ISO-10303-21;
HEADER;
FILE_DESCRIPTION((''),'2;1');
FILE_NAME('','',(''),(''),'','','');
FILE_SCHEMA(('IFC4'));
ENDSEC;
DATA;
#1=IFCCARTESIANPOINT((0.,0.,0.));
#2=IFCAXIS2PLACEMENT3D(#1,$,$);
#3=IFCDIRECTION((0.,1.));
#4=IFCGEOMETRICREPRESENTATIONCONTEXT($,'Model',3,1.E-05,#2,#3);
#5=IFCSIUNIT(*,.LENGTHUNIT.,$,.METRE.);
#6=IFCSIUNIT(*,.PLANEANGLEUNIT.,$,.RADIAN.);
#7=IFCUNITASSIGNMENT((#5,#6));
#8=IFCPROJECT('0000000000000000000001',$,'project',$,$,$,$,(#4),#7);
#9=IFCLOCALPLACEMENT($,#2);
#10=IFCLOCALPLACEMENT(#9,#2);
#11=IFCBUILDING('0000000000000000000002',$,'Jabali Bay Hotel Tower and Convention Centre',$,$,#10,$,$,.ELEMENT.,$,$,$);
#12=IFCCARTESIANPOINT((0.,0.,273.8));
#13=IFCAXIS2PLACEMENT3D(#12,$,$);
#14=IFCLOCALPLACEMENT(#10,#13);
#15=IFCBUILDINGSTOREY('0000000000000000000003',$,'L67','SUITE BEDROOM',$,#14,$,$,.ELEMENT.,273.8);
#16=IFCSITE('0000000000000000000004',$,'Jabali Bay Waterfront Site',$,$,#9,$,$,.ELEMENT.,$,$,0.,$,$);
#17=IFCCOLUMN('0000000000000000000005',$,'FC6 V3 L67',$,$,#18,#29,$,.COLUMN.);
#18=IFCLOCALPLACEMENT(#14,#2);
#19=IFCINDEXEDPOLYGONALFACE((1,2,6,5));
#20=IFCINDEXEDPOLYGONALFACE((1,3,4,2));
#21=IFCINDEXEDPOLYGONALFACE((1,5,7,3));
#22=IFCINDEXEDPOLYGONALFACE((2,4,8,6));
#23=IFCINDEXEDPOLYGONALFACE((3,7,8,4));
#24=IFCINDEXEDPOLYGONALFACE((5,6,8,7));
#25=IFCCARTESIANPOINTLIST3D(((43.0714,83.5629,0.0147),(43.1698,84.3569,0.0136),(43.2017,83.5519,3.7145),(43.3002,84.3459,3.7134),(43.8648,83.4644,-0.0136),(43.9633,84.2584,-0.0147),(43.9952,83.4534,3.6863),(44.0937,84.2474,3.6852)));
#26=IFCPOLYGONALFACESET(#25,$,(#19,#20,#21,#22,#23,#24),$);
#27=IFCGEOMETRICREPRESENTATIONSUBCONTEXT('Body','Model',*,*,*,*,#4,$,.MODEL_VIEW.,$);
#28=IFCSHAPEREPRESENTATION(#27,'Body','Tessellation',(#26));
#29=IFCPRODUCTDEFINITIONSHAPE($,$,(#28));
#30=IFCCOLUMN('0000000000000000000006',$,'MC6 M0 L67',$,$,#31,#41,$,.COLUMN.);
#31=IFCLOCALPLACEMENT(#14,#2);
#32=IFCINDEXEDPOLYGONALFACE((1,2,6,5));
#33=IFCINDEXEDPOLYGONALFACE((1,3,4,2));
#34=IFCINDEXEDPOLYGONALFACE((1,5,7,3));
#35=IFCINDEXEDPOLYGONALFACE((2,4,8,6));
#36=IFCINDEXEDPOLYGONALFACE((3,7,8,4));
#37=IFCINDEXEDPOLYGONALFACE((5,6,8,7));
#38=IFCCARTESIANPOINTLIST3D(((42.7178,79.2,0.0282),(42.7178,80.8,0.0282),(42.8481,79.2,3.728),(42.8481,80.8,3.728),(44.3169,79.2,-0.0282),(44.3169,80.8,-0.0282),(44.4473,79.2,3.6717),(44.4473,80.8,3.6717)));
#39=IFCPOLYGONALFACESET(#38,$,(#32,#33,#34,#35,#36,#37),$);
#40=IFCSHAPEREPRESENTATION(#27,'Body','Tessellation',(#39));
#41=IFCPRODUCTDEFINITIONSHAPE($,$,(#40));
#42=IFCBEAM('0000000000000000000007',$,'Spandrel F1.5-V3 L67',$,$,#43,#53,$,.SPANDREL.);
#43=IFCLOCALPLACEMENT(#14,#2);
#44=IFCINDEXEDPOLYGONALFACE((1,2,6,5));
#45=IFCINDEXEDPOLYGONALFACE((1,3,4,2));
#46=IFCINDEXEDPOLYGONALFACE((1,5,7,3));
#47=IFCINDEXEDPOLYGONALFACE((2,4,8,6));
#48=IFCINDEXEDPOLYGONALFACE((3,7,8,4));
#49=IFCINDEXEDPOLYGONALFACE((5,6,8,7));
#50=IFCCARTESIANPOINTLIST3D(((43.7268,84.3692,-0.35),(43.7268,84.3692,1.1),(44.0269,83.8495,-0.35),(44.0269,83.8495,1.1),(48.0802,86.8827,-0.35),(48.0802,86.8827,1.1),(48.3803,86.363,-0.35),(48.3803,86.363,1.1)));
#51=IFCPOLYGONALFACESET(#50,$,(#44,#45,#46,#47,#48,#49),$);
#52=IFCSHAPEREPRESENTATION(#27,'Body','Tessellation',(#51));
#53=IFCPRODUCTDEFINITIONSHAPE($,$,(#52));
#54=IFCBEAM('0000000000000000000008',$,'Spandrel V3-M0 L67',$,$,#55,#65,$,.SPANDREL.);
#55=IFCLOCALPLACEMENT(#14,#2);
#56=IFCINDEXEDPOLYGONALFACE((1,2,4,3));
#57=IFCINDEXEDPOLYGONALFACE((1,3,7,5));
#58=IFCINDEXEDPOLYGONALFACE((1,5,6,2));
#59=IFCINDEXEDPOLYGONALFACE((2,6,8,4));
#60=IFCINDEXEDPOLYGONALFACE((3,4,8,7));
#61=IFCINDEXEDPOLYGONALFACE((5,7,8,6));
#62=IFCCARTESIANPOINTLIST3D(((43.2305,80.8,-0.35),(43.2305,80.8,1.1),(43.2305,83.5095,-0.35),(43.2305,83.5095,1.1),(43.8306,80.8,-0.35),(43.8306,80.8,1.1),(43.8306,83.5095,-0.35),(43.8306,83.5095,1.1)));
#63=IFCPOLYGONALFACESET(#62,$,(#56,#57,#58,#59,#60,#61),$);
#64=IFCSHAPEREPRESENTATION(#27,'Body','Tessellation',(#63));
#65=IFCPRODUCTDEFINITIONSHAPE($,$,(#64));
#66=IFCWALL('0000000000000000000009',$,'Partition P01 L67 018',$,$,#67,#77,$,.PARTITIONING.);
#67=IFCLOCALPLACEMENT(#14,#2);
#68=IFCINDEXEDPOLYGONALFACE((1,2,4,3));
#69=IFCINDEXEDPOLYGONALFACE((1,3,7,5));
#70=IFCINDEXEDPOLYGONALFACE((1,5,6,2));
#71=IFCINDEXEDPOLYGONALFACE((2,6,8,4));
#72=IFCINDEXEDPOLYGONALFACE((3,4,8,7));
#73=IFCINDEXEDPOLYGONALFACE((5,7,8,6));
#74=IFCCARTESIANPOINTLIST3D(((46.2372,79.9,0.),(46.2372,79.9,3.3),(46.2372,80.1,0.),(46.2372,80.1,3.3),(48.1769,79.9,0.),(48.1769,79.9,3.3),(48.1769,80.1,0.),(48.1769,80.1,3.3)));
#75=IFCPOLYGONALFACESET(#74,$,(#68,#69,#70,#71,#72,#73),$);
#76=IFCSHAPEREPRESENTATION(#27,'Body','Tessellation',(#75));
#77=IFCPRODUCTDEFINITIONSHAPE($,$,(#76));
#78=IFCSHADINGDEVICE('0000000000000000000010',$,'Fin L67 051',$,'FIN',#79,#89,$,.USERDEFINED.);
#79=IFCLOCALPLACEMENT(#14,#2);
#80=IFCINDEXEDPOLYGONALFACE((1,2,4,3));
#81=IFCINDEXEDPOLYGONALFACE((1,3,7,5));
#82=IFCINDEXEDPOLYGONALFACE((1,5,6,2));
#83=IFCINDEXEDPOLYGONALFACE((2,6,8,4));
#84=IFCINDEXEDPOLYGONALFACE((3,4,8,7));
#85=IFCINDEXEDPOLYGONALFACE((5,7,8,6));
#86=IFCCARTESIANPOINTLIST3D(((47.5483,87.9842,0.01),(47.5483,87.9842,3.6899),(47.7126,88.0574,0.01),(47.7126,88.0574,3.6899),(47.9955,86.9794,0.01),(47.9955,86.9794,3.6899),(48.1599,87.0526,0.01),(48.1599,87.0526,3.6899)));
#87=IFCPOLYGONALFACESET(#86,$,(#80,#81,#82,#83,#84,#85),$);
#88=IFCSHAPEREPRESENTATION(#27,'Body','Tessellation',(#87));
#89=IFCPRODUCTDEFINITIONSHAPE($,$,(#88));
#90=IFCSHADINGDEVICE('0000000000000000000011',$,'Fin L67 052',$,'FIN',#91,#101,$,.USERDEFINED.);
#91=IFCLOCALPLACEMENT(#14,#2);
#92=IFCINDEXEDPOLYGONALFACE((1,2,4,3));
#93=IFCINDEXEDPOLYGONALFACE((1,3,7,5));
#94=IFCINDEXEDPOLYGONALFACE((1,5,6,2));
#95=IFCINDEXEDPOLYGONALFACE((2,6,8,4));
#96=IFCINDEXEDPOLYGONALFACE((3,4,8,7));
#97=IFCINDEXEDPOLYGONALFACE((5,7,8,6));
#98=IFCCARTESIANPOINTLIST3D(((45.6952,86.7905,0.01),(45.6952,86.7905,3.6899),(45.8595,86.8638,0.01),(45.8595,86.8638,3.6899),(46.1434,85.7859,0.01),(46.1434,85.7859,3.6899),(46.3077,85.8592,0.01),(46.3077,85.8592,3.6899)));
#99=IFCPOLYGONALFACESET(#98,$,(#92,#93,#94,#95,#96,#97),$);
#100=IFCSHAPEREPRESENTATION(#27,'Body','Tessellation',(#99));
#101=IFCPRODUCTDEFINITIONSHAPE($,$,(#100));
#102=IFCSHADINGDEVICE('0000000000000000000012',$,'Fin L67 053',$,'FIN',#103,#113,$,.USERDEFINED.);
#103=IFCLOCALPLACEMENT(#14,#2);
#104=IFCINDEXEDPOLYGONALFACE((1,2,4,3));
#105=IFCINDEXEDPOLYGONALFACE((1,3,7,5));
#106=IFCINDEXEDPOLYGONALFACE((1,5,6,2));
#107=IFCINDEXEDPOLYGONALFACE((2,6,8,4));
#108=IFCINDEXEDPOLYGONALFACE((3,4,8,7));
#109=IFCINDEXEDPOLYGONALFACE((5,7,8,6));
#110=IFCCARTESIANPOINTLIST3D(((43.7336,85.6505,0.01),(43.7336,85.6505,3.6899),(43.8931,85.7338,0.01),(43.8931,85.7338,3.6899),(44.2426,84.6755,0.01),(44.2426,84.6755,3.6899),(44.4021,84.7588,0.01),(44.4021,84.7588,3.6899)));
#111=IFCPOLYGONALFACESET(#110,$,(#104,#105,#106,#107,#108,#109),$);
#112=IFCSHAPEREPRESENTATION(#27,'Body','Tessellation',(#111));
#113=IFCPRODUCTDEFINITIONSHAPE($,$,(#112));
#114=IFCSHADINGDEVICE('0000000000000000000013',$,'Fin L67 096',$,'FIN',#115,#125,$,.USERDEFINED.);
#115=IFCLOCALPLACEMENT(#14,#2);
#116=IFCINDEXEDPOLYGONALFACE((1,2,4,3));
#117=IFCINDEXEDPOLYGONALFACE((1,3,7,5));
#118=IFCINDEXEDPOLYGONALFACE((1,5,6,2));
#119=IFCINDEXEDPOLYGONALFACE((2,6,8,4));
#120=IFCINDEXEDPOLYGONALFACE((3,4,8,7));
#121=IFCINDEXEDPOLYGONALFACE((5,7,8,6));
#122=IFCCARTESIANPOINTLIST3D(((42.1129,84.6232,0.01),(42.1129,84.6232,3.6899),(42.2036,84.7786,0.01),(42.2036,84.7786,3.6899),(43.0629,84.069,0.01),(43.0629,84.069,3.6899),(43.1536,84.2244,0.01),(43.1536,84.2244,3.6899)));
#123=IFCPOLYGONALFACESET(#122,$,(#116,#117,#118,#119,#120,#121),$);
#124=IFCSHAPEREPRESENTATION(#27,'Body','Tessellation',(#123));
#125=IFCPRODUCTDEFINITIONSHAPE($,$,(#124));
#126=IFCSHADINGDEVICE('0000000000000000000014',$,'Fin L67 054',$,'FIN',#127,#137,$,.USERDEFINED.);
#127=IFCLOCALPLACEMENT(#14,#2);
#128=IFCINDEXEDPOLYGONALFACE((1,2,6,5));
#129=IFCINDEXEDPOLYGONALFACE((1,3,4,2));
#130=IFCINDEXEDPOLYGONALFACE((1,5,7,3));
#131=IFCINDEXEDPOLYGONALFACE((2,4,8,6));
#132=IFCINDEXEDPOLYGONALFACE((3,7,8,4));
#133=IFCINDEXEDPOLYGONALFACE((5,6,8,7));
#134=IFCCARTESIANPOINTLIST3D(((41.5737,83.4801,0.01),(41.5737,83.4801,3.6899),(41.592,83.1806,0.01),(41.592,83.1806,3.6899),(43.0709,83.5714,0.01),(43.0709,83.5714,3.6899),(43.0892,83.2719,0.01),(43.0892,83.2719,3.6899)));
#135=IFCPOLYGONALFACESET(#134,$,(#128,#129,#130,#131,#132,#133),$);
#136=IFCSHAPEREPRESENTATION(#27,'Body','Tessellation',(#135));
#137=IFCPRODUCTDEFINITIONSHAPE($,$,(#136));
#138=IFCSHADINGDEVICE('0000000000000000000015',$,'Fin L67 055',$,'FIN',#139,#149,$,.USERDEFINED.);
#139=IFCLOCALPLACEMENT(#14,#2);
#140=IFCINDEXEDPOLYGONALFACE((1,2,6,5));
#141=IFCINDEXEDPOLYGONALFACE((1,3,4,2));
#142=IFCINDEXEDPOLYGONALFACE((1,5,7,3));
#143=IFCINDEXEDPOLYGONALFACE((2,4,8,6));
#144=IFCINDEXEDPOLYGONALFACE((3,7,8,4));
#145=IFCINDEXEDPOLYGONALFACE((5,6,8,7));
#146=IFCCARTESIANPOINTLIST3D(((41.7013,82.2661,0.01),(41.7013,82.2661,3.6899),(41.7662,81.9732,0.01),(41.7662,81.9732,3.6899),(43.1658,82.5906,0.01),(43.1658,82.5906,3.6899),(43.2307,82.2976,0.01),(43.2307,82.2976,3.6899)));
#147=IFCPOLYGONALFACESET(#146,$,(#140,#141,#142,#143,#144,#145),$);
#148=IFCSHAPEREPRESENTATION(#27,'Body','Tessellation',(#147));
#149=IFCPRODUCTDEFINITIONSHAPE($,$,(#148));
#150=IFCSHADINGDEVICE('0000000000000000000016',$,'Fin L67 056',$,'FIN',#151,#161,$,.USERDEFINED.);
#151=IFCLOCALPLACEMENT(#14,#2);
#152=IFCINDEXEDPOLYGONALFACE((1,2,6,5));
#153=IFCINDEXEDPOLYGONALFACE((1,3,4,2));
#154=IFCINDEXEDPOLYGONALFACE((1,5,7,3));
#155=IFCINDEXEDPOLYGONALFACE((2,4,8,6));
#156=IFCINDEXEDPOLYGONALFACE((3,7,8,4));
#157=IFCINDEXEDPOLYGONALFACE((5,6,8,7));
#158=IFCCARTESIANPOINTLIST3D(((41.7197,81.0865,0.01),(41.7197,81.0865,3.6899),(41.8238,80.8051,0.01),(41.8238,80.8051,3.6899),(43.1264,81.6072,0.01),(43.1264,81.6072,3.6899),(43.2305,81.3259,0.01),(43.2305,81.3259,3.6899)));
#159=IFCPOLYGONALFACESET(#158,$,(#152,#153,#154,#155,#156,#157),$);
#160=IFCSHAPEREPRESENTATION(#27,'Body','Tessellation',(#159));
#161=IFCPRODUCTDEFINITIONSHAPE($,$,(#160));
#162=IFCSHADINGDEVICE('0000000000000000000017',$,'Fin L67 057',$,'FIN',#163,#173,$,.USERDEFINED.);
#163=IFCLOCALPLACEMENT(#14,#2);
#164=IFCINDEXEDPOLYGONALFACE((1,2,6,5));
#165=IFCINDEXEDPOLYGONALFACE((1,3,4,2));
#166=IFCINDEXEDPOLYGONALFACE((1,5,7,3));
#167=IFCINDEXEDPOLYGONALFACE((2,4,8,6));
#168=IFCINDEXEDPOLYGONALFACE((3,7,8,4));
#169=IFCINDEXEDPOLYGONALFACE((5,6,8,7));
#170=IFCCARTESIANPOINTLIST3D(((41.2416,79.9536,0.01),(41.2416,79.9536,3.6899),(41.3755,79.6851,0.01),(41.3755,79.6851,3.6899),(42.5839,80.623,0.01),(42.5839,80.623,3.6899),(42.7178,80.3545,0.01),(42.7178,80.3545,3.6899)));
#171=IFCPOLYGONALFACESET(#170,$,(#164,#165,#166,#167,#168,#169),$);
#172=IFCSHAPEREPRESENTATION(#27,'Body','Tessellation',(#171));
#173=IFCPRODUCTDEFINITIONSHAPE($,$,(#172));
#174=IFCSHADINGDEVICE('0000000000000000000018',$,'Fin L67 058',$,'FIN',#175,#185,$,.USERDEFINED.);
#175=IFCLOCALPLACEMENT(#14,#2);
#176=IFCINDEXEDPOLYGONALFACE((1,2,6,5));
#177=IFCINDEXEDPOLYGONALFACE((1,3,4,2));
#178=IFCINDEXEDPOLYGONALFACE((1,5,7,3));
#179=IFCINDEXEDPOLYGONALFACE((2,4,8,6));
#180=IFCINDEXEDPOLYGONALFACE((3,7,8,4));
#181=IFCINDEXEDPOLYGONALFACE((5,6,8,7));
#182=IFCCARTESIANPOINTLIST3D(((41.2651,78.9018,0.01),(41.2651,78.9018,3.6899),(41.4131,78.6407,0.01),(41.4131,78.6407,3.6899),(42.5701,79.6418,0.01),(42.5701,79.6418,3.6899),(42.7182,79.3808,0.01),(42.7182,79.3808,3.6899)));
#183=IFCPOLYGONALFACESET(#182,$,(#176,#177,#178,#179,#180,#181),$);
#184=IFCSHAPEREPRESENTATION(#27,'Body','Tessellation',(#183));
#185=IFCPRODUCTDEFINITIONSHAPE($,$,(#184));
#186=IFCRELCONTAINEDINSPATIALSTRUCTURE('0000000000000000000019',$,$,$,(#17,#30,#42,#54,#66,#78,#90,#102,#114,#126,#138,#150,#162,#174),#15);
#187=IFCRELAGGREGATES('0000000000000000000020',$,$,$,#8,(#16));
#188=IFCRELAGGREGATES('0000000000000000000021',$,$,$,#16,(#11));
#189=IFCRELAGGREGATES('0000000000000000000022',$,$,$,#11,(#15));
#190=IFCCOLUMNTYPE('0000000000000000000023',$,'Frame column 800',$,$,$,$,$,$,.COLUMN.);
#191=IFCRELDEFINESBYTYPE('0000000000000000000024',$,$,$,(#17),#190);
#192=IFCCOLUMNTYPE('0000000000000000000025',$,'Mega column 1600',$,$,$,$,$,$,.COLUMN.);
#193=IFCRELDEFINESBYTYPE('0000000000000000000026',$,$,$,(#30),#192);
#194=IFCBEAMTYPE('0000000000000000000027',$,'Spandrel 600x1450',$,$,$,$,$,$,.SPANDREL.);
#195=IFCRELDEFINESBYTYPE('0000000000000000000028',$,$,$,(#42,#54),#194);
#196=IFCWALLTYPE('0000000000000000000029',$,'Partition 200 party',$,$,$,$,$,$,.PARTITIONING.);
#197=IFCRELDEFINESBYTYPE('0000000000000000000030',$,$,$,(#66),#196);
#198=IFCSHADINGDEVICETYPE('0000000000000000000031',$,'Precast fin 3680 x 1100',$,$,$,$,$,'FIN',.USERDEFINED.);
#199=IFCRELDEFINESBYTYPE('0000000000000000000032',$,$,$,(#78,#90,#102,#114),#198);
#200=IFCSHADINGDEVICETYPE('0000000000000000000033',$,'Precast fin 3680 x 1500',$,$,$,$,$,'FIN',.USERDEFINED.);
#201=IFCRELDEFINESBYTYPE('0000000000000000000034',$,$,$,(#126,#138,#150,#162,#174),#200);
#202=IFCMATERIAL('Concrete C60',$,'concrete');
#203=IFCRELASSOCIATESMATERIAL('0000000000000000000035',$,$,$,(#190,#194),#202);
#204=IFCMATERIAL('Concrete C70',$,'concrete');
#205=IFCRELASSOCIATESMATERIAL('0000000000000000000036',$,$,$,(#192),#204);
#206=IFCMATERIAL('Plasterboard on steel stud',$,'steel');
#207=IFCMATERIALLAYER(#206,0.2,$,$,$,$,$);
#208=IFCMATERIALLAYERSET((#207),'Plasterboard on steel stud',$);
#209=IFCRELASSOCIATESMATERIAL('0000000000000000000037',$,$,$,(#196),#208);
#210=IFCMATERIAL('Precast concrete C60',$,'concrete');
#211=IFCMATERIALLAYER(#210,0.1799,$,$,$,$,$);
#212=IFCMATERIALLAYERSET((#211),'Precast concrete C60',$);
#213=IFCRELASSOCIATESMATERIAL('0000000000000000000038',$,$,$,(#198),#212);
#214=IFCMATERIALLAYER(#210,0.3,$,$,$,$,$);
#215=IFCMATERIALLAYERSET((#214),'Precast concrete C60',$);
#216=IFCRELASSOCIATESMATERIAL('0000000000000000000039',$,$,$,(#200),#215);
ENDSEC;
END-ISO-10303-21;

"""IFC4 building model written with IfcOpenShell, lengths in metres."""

from ifc_helpers import new_model, si_unit, direction, frame, frame_2d, origin, origin_2d, place, context, subcontext, project, spatial, rectangle, extrude, material, layer, layer_set, material_profile, profile_set, type_object, element, save


model = new_model("IFC4")

# Units and contexts
model_context = context("Model", 3, precision=1e-05, world=origin(), true_north=direction((0.0, 1.0)))
body_context = subcontext(model_context, "Body", "Model", "MODEL_VIEW")
ifc_project = project(units=[si_unit("LENGTHUNIT", "METRE"), si_unit("PLANEANGLEUNIT", "RADIAN")], contexts=[model_context])

# Site, building, storey
site_placement = place(None, origin())
site = spatial("IfcSite", under=ifc_project, at=site_placement, Name="Jabali Bay Waterfront Site", CompositionType="ELEMENT", RefElevation=0.0)
building_placement = place(site_placement, origin())
building = spatial("IfcBuilding", under=site, at=building_placement, Name="Jabali Bay Hotel Tower and Convention Centre", CompositionType="ELEMENT")
storey_placement = place(building_placement, frame((0.0, 0.0, 273.8)))
storey = spatial("IfcBuildingStorey", under=building, at=storey_placement, Name="L67", Description="SUITE BEDROOM", CompositionType="ELEMENT", Elevation=273.8)

# Columns
ifc_material_1 = material(Name="Concrete C60", Category="concrete")
ifc_material_profile_1 = material_profile(ifc_material_1, rectangle(XDim=0.8, YDim=0.8, at=origin_2d()), Name="Frame column 800")
ifc_profile_set_1 = profile_set([ifc_material_profile_1], Name="Concrete C60")
column_type_1 = type_object("IfcColumnType", Name="Frame column 800", PredefinedType="COLUMN", material=ifc_profile_set_1)
column_1_placement = place(storey_placement, frame((43.5173, 83.9106, 0.0), z_axis=(0.035214, -0.002967, 0.999375), x_axis=(-0.991771, 0.123059, 0.035311)))
element("IfcColumn", 1, at=column_1_placement, inside=storey, type_object=column_type_1, Name="FC6 V3 L67", PredefinedType="COLUMN", context=body_context, shape_type="SweptSolid", body=[
    extrude(rectangle(XDim=0.8, YDim=0.8, at=origin_2d()), origin(), (0.0, 0.0, 1.0), 3.7021),
])
ifc_material_2 = material(Name="Concrete C70", Category="concrete")
ifc_material_profile_2 = material_profile(ifc_material_2, rectangle(XDim=1.6001, YDim=1.6001, at=origin_2d()), Name="Mega column 1600")
ifc_profile_set_2 = profile_set([ifc_material_profile_2], Name="Concrete C70")
column_type_2 = type_object("IfcColumnType", Name="Mega column 1600", PredefinedType="COLUMN", material=ifc_profile_set_2)
column_2_placement = place(storey_placement, frame((43.5173, 80.0, 0.0), z_axis=(0.035214, 0.0, 0.99938), x_axis=(0.0, 1.0, 0.0)))
element("IfcColumn", 2, at=column_2_placement, inside=storey, type_object=column_type_2, Name="MC6 M0 L67", PredefinedType="COLUMN", context=body_context, shape_type="SweptSolid", body=[
    extrude(rectangle(XDim=1.6001, YDim=1.6001, at=origin_2d()), origin(), (0.0, 0.0, 1.0), 3.7021),
])

# Beams
ifc_material_profile_3 = material_profile(ifc_material_1, rectangle(XDim=0.6001, YDim=1.45, at=origin_2d()), Name="Spandrel 600x1450")
ifc_profile_set_3 = profile_set([ifc_material_profile_3], Name="Concrete C60")
beam_type = type_object("IfcBeamType", Name="Spandrel 600x1450", PredefinedType="SPANDREL", material=ifc_profile_set_3)
beam_1_placement = place(storey_placement, frame((48.2302, 86.6228, 0.375), z_axis=(-0.86602, -0.50001, 0.0), x_axis=(0.50001, -0.86602, 0.0)))
element("IfcBeam", 3, at=beam_1_placement, inside=storey, type_object=beam_type, Name="Spandrel F1.5-V3 L67", PredefinedType="SPANDREL", context=body_context, shape_type="SweptSolid", body=[
    extrude(rectangle(XDim=0.6001, YDim=1.45, at=origin_2d()), origin(), (0.0, 0.0, 1.0), 5.0269),
])
beam_2_placement = place(storey_placement, frame((43.5305, 83.5095, 0.375), z_axis=(0.0, -1.0, 0.0), x_axis=(1.0, 0.0, 0.0)))
element("IfcBeam", 4, at=beam_2_placement, inside=storey, type_object=beam_type, Name="Spandrel V3-M0 L67", PredefinedType="SPANDREL", context=body_context, shape_type="SweptSolid", body=[
    extrude(rectangle(XDim=0.6001, YDim=1.45, at=origin_2d()), origin(), (0.0, 0.0, 1.0), 2.7095),
])

# Wall
ifc_material_3 = material(Name="Plasterboard on steel stud", Category="steel")
ifc_layer_1 = layer(ifc_material_3, 0.2)
ifc_layer_set_1 = layer_set([ifc_layer_1], Name="Plasterboard on steel stud")
wall_type_1 = type_object("IfcWallType", Name="Partition 200 party", PredefinedType="PARTITIONING", material=ifc_layer_set_1)
wall_1_placement = place(storey_placement, frame((46.2373, 80.0, 0.0), z_axis=(0.0, 0.0, 1.0), x_axis=(1.0, 0.0, 0.0)))
element("IfcWall", 5, at=wall_1_placement, inside=storey, type_object=wall_type_1, Name="Partition P01 L67 018", PredefinedType="PARTITIONING", context=body_context, shape_type="SweptSolid", body=[
    extrude(rectangle(XDim=1.9397, YDim=0.2, at=frame_2d((0.9697, 0.0))), origin(), (0.0, 0.0, 1.0), 3.3),
])

# Shading devices
ifc_material_4 = material(Name="Precast concrete C60", Category="concrete")
ifc_layer_2 = layer(ifc_material_4, 0.1799)
ifc_layer_set_2 = layer_set([ifc_layer_2], Name="Precast concrete C60")
shading_device_type_1 = type_object("IfcShadingDeviceType", Name="Precast fin 3680 x 1100", ElementType="FIN", PredefinedType="USERDEFINED", material=ifc_layer_set_2)
shading_device_1_placement = place(storey_placement, frame((48.0776, 87.0161, 0.01), z_axis=(0.0, 0.0, 1.0), x_axis=(-0.406633, 0.913592, 0.0)))
element("IfcShadingDevice", 6, at=shading_device_1_placement, inside=storey, type_object=shading_device_type_1, Name="Fin L67 051", ObjectType="FIN", PredefinedType="USERDEFINED", context=body_context, shape_type="SweptSolid", body=[
    extrude(rectangle(XDim=1.0999, YDim=0.1799, at=frame_2d((0.5498, 0.0))), origin(), (0.0, 0.0, 1.0), 3.6799),
])
shading_device_2_placement = place(storey_placement, frame((46.2256, 85.8225, 0.01), z_axis=(0.0, 0.0, 1.0), x_axis=(-0.407456, 0.913225, 0.0)))
element("IfcShadingDevice", 7, at=shading_device_2_placement, inside=storey, type_object=shading_device_type_1, Name="Fin L67 052", ObjectType="FIN", PredefinedType="USERDEFINED", context=body_context, shape_type="SweptSolid", body=[
    extrude(rectangle(XDim=1.1001, YDim=0.1799, at=frame_2d((0.55, 0.0))), origin(), (0.0, 0.0, 1.0), 3.6799),
])
for number, where, z_axis, x_axis, name in (
    (8, (44.3223, 84.7173, 0.01), (0.0, 0.0, 1.0), (-0.462771, 0.886478, 0.0), "Fin L67 053"),
    (9, (43.1082, 84.1467, 0.01), (0.0, 0.0, 1.0), (-0.863755, 0.503912, 0.0), "Fin L67 096"),
):
    element("IfcShadingDevice", number, at=place(storey_placement, frame(where, z_axis=z_axis, x_axis=x_axis)), inside=storey, type_object=shading_device_type_1, Name=name, ObjectType="FIN", PredefinedType="USERDEFINED", context=body_context, shape_type="SweptSolid", body=[
        extrude(rectangle(XDim=1.0999, YDim=0.1799, at=frame_2d((0.5498, 0.0))), origin(), (0.0, 0.0, 1.0), 3.6799),
    ])
ifc_layer_3 = layer(ifc_material_4, 0.3)
ifc_layer_set_3 = layer_set([ifc_layer_3], Name="Precast concrete C60")
shading_device_type_2 = type_object("IfcShadingDeviceType", Name="Precast fin 3680 x 1500", ElementType="FIN", PredefinedType="USERDEFINED", material=ifc_layer_set_3)
for number, where, z_axis, x_axis, name in (
    (10, (43.0801, 83.4216, 0.01), (0.0, 0.0, 1.0), (-0.998146, -0.060869, 0.0), "Fin L67 054"),
    (11, (43.1982, 82.4441, 0.01), (0.0, 0.0, 1.0), (-0.976329, -0.216293, 0.0), "Fin L67 055"),
    (12, (43.1785, 81.4666, 0.01), (0.0, 0.0, 1.0), (-0.937806, -0.347161, 0.0), "Fin L67 056"),
    (13, (42.6509, 80.4888, 0.01), (0.0, 0.0, 1.0), (-0.894882, -0.446302, 0.0), "Fin L67 057"),
):
    element("IfcShadingDevice", number, at=place(storey_placement, frame(where, z_axis=z_axis, x_axis=x_axis)), inside=storey, type_object=shading_device_type_2, Name=name, ObjectType="FIN", PredefinedType="USERDEFINED", context=body_context, shape_type="SweptSolid", body=[
        extrude(rectangle(XDim=1.5, YDim=0.3, at=frame_2d((0.75, 0.0))), origin(), (0.0, 0.0, 1.0), 3.6799),
    ])
shading_device_3_placement = place(storey_placement, frame((42.644, 79.5112, 0.01), z_axis=(0.0, 0.0, 1.0), x_axis=(-0.869871, -0.493279, 0.0)))
element("IfcShadingDevice", 14, at=shading_device_3_placement, inside=storey, type_object=shading_device_type_2, Name="Fin L67 058", ObjectType="FIN", PredefinedType="USERDEFINED", context=body_context, shape_type="SweptSolid", body=[
    extrude(rectangle(XDim=1.5002, YDim=0.3, at=frame_2d((0.75, 0.0))), origin(), (0.0, 0.0, 1.0), 3.6799),
])

save(model, "model.ifc")
